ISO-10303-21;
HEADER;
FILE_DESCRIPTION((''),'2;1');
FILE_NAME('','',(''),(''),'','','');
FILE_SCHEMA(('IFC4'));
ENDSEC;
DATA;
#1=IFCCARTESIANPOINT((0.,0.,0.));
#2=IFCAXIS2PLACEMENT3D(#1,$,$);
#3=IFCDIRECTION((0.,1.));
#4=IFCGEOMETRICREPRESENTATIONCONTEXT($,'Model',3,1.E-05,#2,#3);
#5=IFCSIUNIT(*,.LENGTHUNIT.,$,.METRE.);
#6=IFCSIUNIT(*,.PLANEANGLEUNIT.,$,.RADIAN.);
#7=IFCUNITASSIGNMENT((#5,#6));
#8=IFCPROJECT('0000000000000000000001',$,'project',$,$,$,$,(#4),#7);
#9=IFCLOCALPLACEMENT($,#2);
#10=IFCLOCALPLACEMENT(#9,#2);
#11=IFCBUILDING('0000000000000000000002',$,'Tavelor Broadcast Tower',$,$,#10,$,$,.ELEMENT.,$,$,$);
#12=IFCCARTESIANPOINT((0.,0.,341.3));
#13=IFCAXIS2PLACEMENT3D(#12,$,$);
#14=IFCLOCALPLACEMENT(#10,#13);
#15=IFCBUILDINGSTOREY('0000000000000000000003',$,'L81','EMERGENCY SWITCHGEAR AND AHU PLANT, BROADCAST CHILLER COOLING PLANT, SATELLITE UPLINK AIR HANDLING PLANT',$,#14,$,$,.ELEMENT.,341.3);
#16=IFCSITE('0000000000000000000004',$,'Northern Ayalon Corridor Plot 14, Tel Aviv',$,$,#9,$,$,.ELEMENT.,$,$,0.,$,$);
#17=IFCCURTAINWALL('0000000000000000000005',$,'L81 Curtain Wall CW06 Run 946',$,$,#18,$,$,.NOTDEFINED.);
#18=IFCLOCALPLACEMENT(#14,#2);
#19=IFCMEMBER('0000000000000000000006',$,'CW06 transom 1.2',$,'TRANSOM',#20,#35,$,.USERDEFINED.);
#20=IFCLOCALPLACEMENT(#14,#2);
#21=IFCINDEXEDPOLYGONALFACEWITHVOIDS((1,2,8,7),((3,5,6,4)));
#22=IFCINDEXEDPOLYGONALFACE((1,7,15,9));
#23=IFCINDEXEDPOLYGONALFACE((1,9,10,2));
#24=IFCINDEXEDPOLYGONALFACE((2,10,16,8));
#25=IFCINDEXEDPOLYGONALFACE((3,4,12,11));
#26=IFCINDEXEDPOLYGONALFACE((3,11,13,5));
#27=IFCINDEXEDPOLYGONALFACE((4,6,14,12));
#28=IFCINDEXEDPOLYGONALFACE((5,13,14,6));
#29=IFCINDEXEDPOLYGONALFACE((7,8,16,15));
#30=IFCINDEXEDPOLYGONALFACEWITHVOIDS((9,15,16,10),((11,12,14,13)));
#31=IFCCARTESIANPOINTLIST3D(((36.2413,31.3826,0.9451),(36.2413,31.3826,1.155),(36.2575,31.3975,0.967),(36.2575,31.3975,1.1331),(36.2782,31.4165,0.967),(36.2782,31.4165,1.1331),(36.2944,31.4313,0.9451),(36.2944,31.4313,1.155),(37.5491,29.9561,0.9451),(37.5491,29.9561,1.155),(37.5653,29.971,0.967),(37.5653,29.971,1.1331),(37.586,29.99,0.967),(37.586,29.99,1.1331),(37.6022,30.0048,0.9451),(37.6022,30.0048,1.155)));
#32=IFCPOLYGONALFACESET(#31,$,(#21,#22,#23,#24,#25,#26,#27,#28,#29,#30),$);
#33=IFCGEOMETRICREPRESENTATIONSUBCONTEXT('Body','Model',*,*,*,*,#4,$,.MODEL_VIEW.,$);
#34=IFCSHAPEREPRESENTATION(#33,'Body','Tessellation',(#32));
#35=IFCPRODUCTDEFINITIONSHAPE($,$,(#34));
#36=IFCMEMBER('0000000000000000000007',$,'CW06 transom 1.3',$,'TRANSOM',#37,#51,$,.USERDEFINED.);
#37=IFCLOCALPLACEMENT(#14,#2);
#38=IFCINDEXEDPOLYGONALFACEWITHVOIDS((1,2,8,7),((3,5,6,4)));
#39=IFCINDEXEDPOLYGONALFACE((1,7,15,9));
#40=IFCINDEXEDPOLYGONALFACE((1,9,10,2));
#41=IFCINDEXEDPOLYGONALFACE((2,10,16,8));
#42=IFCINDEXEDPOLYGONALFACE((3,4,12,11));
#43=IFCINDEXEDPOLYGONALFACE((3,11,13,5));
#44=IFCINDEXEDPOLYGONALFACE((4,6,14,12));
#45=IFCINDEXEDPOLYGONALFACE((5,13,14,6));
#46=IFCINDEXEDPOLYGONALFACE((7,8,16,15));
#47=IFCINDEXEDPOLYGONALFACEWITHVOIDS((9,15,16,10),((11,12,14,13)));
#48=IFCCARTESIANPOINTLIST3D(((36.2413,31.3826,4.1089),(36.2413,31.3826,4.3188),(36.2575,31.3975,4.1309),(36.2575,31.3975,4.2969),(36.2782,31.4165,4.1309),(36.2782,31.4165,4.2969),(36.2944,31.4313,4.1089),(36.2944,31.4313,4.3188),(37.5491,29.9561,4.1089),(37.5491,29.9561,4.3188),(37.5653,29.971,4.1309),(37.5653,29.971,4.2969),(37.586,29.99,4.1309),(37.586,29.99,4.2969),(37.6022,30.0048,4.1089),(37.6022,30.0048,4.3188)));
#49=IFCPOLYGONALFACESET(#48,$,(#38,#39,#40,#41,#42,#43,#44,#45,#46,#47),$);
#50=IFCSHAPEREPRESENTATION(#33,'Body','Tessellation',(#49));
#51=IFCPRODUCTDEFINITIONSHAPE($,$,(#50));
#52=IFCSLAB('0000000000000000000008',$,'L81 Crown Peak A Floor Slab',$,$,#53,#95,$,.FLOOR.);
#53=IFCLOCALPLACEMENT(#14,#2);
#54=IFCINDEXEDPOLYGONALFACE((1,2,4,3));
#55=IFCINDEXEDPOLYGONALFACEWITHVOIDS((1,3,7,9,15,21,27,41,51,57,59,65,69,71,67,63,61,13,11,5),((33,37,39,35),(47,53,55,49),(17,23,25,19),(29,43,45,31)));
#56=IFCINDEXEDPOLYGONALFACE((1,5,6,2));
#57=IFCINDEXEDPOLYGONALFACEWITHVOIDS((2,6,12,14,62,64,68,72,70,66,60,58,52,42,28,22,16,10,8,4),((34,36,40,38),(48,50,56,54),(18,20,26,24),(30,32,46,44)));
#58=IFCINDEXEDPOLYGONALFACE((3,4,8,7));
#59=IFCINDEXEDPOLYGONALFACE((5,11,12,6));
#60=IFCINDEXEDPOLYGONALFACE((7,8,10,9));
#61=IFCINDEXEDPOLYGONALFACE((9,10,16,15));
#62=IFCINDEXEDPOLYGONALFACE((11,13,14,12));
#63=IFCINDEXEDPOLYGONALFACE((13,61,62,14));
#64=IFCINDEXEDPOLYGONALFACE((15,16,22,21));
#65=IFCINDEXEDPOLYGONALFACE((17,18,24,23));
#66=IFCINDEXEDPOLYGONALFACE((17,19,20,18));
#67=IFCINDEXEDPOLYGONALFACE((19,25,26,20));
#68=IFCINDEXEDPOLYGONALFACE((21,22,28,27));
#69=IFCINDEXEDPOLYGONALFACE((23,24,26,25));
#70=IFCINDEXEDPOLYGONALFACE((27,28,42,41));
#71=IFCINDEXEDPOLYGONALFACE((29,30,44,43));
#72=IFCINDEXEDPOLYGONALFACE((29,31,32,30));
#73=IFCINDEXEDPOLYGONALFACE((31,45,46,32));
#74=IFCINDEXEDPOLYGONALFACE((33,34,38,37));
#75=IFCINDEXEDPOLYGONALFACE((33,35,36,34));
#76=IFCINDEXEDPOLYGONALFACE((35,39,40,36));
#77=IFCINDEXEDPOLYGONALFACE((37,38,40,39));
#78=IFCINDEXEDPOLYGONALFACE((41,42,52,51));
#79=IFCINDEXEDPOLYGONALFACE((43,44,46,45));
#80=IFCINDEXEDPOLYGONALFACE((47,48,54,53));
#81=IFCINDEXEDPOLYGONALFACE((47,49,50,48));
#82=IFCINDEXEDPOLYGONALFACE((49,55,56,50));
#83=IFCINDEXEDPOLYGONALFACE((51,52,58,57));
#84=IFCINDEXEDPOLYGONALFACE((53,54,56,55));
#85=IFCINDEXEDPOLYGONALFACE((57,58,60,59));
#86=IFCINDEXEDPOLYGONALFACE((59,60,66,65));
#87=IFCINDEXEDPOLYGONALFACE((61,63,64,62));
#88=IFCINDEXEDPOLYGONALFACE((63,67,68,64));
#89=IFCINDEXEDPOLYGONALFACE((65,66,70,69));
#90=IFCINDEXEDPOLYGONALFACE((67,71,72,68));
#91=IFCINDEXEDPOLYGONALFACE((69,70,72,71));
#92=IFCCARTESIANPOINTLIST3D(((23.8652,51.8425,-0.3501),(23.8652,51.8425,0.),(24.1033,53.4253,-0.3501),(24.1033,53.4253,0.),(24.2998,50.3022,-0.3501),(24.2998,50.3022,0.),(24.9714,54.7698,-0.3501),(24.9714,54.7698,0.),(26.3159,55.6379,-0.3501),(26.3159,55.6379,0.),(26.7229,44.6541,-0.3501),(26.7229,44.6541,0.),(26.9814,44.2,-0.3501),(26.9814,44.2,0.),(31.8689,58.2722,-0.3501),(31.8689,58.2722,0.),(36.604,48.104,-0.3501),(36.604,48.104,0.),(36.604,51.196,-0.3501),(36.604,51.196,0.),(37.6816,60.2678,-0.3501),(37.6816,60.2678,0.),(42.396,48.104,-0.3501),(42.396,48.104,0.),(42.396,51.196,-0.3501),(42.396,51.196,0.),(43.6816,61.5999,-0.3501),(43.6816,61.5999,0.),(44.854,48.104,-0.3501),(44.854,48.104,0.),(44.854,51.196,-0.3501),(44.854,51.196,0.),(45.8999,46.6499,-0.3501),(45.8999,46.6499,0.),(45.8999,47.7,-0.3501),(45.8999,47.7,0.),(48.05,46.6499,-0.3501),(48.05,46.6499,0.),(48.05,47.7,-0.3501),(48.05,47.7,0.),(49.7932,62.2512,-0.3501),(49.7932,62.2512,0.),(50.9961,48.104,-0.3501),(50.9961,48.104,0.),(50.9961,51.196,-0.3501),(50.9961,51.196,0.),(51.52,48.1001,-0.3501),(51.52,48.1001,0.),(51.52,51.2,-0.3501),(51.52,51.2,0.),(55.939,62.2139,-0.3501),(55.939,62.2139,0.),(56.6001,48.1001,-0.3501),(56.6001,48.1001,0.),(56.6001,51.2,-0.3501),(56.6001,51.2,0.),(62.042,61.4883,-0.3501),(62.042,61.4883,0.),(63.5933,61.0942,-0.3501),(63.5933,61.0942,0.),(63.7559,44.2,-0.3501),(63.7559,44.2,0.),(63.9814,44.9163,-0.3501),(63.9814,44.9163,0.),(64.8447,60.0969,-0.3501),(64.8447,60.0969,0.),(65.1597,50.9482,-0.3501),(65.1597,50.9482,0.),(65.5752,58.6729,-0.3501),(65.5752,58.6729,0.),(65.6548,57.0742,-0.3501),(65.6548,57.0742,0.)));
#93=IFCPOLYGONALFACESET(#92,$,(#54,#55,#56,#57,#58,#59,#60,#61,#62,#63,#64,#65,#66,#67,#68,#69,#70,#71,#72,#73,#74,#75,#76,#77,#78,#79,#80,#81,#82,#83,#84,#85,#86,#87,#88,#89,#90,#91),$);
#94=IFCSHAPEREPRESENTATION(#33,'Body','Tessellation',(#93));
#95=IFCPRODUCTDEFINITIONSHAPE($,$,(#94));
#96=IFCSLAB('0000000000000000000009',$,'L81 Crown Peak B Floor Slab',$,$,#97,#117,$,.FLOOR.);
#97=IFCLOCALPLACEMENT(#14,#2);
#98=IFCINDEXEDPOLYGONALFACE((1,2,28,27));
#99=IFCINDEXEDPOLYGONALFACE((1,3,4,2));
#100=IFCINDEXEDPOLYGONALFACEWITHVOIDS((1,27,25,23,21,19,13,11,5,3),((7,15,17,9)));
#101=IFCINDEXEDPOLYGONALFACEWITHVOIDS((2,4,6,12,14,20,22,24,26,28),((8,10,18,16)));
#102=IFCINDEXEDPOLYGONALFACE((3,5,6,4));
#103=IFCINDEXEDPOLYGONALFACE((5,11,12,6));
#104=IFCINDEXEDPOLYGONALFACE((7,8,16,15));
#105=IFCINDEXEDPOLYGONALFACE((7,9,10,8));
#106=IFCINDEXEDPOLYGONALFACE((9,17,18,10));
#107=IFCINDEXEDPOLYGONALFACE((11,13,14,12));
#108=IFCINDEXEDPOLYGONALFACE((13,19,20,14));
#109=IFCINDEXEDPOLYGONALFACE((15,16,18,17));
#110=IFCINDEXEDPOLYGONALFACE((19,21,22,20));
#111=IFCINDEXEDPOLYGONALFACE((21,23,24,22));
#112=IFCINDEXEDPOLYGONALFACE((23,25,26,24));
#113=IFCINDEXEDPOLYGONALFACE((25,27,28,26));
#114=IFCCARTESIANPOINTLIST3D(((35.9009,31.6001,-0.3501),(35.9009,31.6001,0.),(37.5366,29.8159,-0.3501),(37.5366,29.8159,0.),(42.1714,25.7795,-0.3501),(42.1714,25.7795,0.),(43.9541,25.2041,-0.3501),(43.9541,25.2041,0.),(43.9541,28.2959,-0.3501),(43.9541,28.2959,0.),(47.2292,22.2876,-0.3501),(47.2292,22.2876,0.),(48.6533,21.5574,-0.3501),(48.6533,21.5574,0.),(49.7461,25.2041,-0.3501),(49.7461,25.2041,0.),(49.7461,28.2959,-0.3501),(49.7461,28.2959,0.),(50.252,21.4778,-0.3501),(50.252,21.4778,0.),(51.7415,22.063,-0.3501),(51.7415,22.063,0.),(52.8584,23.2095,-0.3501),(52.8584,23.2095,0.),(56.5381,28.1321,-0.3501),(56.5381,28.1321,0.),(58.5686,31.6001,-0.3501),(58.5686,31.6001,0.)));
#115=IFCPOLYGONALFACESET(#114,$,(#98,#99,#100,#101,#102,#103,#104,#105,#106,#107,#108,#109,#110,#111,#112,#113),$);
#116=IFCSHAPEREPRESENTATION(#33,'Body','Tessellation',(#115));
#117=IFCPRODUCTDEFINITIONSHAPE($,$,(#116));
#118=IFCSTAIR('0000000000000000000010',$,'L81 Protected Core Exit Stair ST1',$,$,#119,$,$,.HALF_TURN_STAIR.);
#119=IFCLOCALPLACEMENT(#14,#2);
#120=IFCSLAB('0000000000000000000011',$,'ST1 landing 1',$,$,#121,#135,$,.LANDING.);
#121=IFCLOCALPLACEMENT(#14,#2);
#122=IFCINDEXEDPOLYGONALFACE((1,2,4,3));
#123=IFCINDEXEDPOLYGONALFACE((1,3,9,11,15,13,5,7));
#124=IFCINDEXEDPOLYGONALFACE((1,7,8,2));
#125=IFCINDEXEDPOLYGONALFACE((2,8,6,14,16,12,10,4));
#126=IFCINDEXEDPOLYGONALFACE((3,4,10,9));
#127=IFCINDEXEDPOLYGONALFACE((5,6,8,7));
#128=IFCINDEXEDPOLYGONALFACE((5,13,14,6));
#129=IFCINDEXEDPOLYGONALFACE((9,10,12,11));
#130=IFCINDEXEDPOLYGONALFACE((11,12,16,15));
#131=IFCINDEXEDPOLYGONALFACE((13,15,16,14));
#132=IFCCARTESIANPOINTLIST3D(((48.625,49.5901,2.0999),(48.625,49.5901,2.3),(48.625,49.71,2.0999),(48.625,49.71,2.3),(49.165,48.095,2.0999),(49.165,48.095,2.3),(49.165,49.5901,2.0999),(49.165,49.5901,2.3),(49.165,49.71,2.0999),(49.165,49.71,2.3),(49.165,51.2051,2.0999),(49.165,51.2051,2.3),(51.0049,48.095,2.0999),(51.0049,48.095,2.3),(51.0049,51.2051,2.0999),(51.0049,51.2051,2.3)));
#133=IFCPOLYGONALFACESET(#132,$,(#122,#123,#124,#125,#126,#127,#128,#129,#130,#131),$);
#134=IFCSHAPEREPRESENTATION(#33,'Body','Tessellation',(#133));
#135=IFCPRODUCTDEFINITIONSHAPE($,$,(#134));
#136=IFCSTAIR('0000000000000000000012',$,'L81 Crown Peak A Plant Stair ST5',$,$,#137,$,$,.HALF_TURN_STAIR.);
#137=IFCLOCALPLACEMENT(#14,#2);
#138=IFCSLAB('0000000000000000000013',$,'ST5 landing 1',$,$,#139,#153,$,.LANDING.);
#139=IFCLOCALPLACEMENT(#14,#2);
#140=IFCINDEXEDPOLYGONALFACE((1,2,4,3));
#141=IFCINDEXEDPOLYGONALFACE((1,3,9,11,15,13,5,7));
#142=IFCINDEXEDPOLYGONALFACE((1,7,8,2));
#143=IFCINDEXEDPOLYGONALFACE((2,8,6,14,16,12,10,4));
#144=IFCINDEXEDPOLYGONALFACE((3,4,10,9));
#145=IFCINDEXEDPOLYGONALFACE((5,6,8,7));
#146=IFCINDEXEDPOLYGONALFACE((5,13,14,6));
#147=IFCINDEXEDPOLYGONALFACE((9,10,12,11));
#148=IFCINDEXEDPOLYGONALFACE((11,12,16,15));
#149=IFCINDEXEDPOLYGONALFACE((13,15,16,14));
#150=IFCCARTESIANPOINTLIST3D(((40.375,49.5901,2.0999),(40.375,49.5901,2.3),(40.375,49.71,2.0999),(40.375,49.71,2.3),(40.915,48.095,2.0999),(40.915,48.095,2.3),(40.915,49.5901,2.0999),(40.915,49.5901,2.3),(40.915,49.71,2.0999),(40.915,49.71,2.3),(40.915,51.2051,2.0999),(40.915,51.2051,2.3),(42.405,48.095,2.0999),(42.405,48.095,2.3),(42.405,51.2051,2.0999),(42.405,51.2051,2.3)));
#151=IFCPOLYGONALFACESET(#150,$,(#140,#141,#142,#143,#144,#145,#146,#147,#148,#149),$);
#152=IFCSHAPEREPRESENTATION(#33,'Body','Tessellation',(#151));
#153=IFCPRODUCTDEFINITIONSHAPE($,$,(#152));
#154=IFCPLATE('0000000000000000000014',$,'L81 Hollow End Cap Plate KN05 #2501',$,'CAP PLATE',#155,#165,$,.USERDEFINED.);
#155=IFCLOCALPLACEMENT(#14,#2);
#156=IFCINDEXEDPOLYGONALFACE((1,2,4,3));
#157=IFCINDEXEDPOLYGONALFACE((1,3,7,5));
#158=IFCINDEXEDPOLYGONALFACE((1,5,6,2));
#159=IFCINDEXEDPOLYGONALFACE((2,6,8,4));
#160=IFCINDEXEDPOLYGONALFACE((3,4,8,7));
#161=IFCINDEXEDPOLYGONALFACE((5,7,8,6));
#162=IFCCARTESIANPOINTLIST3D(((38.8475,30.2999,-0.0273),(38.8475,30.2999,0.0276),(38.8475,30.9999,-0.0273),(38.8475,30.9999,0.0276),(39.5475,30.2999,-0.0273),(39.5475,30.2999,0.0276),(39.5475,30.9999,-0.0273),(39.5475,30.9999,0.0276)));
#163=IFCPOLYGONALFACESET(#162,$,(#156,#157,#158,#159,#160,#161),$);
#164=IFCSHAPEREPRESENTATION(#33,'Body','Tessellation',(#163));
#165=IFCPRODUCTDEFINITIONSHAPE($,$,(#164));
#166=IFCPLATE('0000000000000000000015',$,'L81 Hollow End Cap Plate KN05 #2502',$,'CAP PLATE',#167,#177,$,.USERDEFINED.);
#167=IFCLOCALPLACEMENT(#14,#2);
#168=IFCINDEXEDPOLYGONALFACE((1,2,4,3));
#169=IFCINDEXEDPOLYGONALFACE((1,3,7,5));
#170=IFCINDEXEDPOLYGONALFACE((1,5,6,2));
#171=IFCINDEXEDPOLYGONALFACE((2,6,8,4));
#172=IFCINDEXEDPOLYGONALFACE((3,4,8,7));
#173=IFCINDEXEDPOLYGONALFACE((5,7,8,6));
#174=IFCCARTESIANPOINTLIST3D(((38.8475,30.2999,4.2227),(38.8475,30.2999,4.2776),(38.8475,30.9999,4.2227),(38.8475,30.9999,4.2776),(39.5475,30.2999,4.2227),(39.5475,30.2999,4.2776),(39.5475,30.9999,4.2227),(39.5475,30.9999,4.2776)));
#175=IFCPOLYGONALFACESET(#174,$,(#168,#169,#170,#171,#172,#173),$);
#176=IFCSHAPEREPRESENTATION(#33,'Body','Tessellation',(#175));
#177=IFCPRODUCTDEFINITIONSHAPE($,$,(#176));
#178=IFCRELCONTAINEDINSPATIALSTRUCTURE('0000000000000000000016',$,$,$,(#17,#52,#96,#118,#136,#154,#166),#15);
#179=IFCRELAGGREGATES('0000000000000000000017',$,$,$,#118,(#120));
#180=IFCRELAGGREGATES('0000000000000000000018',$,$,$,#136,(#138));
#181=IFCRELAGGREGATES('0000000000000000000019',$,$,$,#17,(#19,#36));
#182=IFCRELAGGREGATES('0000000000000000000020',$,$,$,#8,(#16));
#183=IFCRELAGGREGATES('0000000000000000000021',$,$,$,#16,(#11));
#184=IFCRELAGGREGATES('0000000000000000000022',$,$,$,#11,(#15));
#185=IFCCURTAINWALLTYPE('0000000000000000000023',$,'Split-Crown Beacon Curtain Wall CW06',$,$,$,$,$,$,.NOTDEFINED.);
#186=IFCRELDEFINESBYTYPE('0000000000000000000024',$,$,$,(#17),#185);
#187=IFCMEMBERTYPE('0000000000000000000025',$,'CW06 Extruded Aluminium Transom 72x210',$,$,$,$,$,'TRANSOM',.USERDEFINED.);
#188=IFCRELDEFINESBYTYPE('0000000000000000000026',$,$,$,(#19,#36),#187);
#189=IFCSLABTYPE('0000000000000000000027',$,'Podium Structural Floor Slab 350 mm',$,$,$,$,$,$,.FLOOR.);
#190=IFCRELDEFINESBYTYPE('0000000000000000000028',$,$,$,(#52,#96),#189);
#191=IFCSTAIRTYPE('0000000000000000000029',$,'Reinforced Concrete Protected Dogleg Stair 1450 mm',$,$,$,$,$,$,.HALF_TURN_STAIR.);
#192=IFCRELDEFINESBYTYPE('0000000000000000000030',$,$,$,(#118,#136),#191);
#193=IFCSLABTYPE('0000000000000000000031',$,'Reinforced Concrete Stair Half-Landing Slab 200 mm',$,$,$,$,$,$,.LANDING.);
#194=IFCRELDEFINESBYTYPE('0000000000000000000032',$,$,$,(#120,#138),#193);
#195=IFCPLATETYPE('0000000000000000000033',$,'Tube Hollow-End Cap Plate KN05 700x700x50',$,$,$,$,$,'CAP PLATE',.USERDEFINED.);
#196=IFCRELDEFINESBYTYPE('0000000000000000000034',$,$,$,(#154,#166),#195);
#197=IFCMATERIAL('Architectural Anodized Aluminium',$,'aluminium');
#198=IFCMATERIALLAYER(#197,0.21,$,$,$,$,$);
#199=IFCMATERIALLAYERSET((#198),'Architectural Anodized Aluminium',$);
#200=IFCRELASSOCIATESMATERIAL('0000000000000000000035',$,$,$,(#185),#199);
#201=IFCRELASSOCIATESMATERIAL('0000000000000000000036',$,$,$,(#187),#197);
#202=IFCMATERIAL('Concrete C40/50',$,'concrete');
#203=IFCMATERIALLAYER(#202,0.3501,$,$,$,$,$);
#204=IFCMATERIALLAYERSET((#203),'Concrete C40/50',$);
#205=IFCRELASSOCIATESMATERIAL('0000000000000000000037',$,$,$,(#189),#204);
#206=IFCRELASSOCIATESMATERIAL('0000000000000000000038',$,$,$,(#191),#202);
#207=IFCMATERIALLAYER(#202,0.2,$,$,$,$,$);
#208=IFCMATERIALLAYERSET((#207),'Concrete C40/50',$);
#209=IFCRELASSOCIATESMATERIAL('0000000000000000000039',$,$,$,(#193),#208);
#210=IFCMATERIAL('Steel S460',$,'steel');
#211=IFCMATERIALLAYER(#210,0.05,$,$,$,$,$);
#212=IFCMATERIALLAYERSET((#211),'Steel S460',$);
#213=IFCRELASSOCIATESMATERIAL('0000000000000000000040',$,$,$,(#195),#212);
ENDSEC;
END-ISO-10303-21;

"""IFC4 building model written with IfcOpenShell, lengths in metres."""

from ifc_helpers import new_model, si_unit, direction, frame, origin, origin_2d, place, context, subcontext, project, spatial, polyline, rectangle, hollow_rectangle, outline, extrude, source, transform, mapped, material, layer, layer_set, material_profile, profile_set, type_object, type_shapes, element, aggregate, save


model = new_model("IFC4")

# Units and contexts
model_context = context("Model", 3, precision=1e-05, world=origin(), true_north=direction((0.0, 1.0)))
body_context = subcontext(model_context, "Body", "Model", "MODEL_VIEW")
ifc_project = project(units=[si_unit("LENGTHUNIT", "METRE"), si_unit("PLANEANGLEUNIT", "RADIAN")], contexts=[model_context])

# Site, building, storey
site_placement = place(None, origin())
site = spatial("IfcSite", under=ifc_project, at=site_placement, Name="Northern Ayalon Corridor Plot 14, Tel Aviv", CompositionType="ELEMENT", RefElevation=0.0)
building_placement = place(site_placement, origin())
building = spatial("IfcBuilding", under=site, at=building_placement, Name="Tavelor Broadcast Tower", CompositionType="ELEMENT")
storey_placement = place(building_placement, frame((0.0, 0.0, 341.3)))
storey = spatial("IfcBuildingStorey", under=building, at=storey_placement, Name="L81", Description="EMERGENCY SWITCHGEAR AND AHU PLANT, BROADCAST CHILLER COOLING PLANT, SATELLITE UPLINK AIR HANDLING PLANT", CompositionType="ELEMENT", Elevation=341.3)

# Curtain wall
ifc_material_1 = material(Name="Architectural Anodized Aluminium", Category="aluminium")
ifc_layer_1 = layer(ifc_material_1, 0.21)
ifc_layer_set_1 = layer_set([ifc_layer_1], Name="Architectural Anodized Aluminium")
curtain_wall_type = type_object("IfcCurtainWallType", Name="Split-Crown Beacon Curtain Wall CW06", PredefinedType="NOTDEFINED", material=ifc_layer_set_1)
curtain_wall_1_placement = place(storey_placement, origin())
curtain_wall_1 = element("IfcCurtainWall", 1, at=curtain_wall_1_placement, inside=storey, type_object=curtain_wall_type, Name="L81 Curtain Wall CW06 Run 946", PredefinedType="NOTDEFINED")

# Shared definitions
ifc_material_profile_1 = material_profile(ifc_material_1, hollow_rectangle(XDim=0.072, YDim=0.21, WallThickness=0.022, at=origin_2d()), Name="RHS 72x210x22")
ifc_profile_set_1 = profile_set([ifc_material_profile_1], Name="Architectural Anodized Aluminium")
member_type_1 = type_object("IfcMemberType", Name="CW06 Extruded Aluminium Transom 72x210", ElementType="TRANSOM", PredefinedType="USERDEFINED", material=ifc_profile_set_1)

# Members
shared_shape_1 = source(origin(), body_context, "Body", "SweptSolid", [
    extrude(hollow_rectangle(XDim=0.072, YDim=0.21, WallThickness=0.022, at=origin_2d()), origin(), (0.0, 0.0, 1.0), 1.9353),
])
member_1_placement = place(storey_placement, frame((36.2678, 31.407, 1.05), z_axis=(0.675787, -0.737097, 0.0), x_axis=(0.737097, 0.675787, 0.0)))
member_1 = element("IfcMember", 2, at=member_1_placement, type_object=member_type_1, Name="CW06 transom 1.2", ObjectType="TRANSOM", PredefinedType="USERDEFINED", context=body_context, shape_type="MappedRepresentation", body=[
    mapped(shared_shape_1, transform((0.0, 0.0, 0.0), scale=1.0)),
])
member_2_placement = place(storey_placement, frame((36.2678, 31.407, 4.2139), z_axis=(0.675787, -0.737097, 0.0), x_axis=(0.737097, 0.675787, 0.0)))
member_2 = element("IfcMember", 3, at=member_2_placement, type_object=member_type_1, Name="CW06 transom 1.3", ObjectType="TRANSOM", PredefinedType="USERDEFINED", context=body_context, shape_type="MappedRepresentation", body=[
    mapped(shared_shape_1, transform((0.0, 0.0, 0.0), scale=1.0)),
])

# Slabs
ifc_material_2 = material(Name="Concrete C40/50", Category="concrete")
ifc_layer_2 = layer(ifc_material_2, 0.3501)
ifc_layer_set_2 = layer_set([ifc_layer_2], Name="Concrete C40/50")
slab_type_1 = type_object("IfcSlabType", Name="Podium Structural Floor Slab 350 mm", PredefinedType="FLOOR", material=ifc_layer_set_2)
slab_1_placement = place(storey_placement, frame((0.0, 0.0, -0.3501)))
element("IfcSlab", 4, at=slab_1_placement, inside=storey, type_object=slab_type_1, Name="L81 Crown Peak A Floor Slab", PredefinedType="FLOOR", context=body_context, shape_type="SweptSolid", body=[
    extrude(outline(polyline([(26.9814, 44.2), (63.7559, 44.2), (63.9814, 44.9163), (65.1597, 50.9482), (65.6548, 57.0742), (65.5752, 58.6729), (64.8447, 60.0969), (63.5933, 61.0942), (62.042, 61.4883), (55.939, 62.2139), (49.7932, 62.2512), (43.6816, 61.5999), (37.6816, 60.2678), (31.8689, 58.2722), (26.3159, 55.6379), (24.9714, 54.7698), (24.1033, 53.4253), (23.8652, 51.8425), (24.2998, 50.3022), (26.7229, 44.6541), (26.9814, 44.2)]), holes=[polyline([(48.05, 47.7), (48.05, 46.6499), (45.8999, 46.6499), (45.8999, 47.7), (48.05, 47.7)]), polyline([(42.396, 51.196), (42.396, 48.104), (36.604, 48.104), (36.604, 51.196), (42.396, 51.196)]), polyline([(50.9961, 51.196), (50.9961, 48.104), (44.854, 48.104), (44.854, 51.196), (50.9961, 51.196)]), polyline([(56.6001, 51.2), (56.6001, 48.1001), (51.52, 48.1001), (51.52, 51.2), (56.6001, 51.2)])]), origin(), (0.0, 0.0, 1.0), 0.3501),
])
slab_2_placement = place(storey_placement, frame((0.0, 0.0, -0.3501)))
element("IfcSlab", 5, at=slab_2_placement, inside=storey, type_object=slab_type_1, Name="L81 Crown Peak B Floor Slab", PredefinedType="FLOOR", context=body_context, shape_type="SweptSolid", body=[
    extrude(outline(polyline([(58.5686, 31.6001), (35.9009, 31.6001), (37.5366, 29.8159), (42.1714, 25.7795), (47.2292, 22.2876), (48.6533, 21.5574), (50.252, 21.4778), (51.7415, 22.063), (52.8584, 23.2095), (56.5381, 28.1321), (58.5686, 31.6001)]), holes=[polyline([(43.9541, 25.2041), (43.9541, 28.2959), (49.7461, 28.2959), (49.7461, 25.2041), (43.9541, 25.2041)])]), origin(), (0.0, 0.0, 1.0), 0.3501),
])

# Stairs, slabs
stair_type = type_object("IfcStairType", Name="Reinforced Concrete Protected Dogleg Stair 1450 mm", PredefinedType="HALF_TURN_STAIR", material=ifc_material_2)
stair_1_placement = place(storey_placement, origin())
stair_1 = element("IfcStair", 6, at=stair_1_placement, inside=storey, type_object=stair_type, Name="L81 Protected Core Exit Stair ST1", PredefinedType="HALF_TURN_STAIR")
ifc_layer_3 = layer(ifc_material_2, 0.2)
ifc_layer_set_3 = layer_set([ifc_layer_3], Name="Concrete C40/50")
slab_type_2 = type_object("IfcSlabType", Name="Reinforced Concrete Stair Half-Landing Slab 200 mm", PredefinedType="LANDING", material=ifc_layer_set_3)
slab_3_placement = place(storey_placement, frame((0.0, 0.0, 2.0999)))
slab_3 = element("IfcSlab", 7, at=slab_3_placement, type_object=slab_type_2, Name="ST1 landing 1", PredefinedType="LANDING", context=body_context, shape_type="SweptSolid", body=[
    extrude(outline(polyline([(49.165, 49.5901), (49.165, 48.095), (51.0049, 48.095), (51.0049, 51.2051), (49.165, 51.2051), (49.165, 49.71), (48.625, 49.71), (48.625, 49.5901), (49.165, 49.5901)])), origin(), (0.0, 0.0, 1.0), 0.2002),
])
aggregate(stair_1, [slab_3])
stair_2_placement = place(storey_placement, origin())
stair_2 = element("IfcStair", 8, at=stair_2_placement, inside=storey, type_object=stair_type, Name="L81 Crown Peak A Plant Stair ST5", PredefinedType="HALF_TURN_STAIR")
slab_4_placement = place(storey_placement, frame((0.0, 0.0, 2.0999)))
slab_4 = element("IfcSlab", 9, at=slab_4_placement, type_object=slab_type_2, Name="ST5 landing 1", PredefinedType="LANDING", context=body_context, shape_type="SweptSolid", body=[
    extrude(outline(polyline([(40.915, 49.5901), (40.915, 48.095), (42.405, 48.095), (42.405, 51.2051), (40.915, 51.2051), (40.915, 49.71), (40.375, 49.71), (40.375, 49.5901), (40.915, 49.5901)])), origin(), (0.0, 0.0, 1.0), 0.2002),
])
aggregate(stair_2, [slab_4])

# Plates
ifc_material_3 = material(Name="Steel S460", Category="steel")
ifc_layer_4 = layer(ifc_material_3, 0.05)
ifc_layer_set_4 = layer_set([ifc_layer_4], Name="Steel S460")
plate_type_1 = type_object("IfcPlateType", Name="Tube Hollow-End Cap Plate KN05 700x700x50", ElementType="CAP PLATE", PredefinedType="USERDEFINED", material=ifc_layer_set_4)
shared_shape_2 = source(origin(), body_context, "Body", "SweptSolid", [
    extrude(rectangle(XDim=0.7, YDim=0.7, at=origin_2d()), origin(), (0.0, 0.0, 1.0), 0.0549),
])
type_shapes(plate_type_1, [shared_shape_2])
for number, where, z_axis, x_axis, name in (
    (10, (39.1975, 30.6499, -0.0273), (0.0, 0.0, 1.0), (1.0, 0.0, 0.0), "L81 Hollow End Cap Plate KN05 #2501"),
    (11, (39.1975, 30.6499, 4.2227), (0.0, 0.0, 1.0), (1.0, 0.0, 0.0), "L81 Hollow End Cap Plate KN05 #2502"),
):
    element("IfcPlate", number, at=place(storey_placement, frame(where, z_axis=z_axis, x_axis=x_axis)), inside=storey, type_object=plate_type_1, Name=name, ObjectType="CAP PLATE", PredefinedType="USERDEFINED", context=body_context, shape_type="MappedRepresentation", body=[
        mapped(shared_shape_2, transform((0.0, 0.0, 0.0), scale=1.0)),
    ])

aggregate(curtain_wall_1, [member_1, member_2])

save(model, "model.ifc")
